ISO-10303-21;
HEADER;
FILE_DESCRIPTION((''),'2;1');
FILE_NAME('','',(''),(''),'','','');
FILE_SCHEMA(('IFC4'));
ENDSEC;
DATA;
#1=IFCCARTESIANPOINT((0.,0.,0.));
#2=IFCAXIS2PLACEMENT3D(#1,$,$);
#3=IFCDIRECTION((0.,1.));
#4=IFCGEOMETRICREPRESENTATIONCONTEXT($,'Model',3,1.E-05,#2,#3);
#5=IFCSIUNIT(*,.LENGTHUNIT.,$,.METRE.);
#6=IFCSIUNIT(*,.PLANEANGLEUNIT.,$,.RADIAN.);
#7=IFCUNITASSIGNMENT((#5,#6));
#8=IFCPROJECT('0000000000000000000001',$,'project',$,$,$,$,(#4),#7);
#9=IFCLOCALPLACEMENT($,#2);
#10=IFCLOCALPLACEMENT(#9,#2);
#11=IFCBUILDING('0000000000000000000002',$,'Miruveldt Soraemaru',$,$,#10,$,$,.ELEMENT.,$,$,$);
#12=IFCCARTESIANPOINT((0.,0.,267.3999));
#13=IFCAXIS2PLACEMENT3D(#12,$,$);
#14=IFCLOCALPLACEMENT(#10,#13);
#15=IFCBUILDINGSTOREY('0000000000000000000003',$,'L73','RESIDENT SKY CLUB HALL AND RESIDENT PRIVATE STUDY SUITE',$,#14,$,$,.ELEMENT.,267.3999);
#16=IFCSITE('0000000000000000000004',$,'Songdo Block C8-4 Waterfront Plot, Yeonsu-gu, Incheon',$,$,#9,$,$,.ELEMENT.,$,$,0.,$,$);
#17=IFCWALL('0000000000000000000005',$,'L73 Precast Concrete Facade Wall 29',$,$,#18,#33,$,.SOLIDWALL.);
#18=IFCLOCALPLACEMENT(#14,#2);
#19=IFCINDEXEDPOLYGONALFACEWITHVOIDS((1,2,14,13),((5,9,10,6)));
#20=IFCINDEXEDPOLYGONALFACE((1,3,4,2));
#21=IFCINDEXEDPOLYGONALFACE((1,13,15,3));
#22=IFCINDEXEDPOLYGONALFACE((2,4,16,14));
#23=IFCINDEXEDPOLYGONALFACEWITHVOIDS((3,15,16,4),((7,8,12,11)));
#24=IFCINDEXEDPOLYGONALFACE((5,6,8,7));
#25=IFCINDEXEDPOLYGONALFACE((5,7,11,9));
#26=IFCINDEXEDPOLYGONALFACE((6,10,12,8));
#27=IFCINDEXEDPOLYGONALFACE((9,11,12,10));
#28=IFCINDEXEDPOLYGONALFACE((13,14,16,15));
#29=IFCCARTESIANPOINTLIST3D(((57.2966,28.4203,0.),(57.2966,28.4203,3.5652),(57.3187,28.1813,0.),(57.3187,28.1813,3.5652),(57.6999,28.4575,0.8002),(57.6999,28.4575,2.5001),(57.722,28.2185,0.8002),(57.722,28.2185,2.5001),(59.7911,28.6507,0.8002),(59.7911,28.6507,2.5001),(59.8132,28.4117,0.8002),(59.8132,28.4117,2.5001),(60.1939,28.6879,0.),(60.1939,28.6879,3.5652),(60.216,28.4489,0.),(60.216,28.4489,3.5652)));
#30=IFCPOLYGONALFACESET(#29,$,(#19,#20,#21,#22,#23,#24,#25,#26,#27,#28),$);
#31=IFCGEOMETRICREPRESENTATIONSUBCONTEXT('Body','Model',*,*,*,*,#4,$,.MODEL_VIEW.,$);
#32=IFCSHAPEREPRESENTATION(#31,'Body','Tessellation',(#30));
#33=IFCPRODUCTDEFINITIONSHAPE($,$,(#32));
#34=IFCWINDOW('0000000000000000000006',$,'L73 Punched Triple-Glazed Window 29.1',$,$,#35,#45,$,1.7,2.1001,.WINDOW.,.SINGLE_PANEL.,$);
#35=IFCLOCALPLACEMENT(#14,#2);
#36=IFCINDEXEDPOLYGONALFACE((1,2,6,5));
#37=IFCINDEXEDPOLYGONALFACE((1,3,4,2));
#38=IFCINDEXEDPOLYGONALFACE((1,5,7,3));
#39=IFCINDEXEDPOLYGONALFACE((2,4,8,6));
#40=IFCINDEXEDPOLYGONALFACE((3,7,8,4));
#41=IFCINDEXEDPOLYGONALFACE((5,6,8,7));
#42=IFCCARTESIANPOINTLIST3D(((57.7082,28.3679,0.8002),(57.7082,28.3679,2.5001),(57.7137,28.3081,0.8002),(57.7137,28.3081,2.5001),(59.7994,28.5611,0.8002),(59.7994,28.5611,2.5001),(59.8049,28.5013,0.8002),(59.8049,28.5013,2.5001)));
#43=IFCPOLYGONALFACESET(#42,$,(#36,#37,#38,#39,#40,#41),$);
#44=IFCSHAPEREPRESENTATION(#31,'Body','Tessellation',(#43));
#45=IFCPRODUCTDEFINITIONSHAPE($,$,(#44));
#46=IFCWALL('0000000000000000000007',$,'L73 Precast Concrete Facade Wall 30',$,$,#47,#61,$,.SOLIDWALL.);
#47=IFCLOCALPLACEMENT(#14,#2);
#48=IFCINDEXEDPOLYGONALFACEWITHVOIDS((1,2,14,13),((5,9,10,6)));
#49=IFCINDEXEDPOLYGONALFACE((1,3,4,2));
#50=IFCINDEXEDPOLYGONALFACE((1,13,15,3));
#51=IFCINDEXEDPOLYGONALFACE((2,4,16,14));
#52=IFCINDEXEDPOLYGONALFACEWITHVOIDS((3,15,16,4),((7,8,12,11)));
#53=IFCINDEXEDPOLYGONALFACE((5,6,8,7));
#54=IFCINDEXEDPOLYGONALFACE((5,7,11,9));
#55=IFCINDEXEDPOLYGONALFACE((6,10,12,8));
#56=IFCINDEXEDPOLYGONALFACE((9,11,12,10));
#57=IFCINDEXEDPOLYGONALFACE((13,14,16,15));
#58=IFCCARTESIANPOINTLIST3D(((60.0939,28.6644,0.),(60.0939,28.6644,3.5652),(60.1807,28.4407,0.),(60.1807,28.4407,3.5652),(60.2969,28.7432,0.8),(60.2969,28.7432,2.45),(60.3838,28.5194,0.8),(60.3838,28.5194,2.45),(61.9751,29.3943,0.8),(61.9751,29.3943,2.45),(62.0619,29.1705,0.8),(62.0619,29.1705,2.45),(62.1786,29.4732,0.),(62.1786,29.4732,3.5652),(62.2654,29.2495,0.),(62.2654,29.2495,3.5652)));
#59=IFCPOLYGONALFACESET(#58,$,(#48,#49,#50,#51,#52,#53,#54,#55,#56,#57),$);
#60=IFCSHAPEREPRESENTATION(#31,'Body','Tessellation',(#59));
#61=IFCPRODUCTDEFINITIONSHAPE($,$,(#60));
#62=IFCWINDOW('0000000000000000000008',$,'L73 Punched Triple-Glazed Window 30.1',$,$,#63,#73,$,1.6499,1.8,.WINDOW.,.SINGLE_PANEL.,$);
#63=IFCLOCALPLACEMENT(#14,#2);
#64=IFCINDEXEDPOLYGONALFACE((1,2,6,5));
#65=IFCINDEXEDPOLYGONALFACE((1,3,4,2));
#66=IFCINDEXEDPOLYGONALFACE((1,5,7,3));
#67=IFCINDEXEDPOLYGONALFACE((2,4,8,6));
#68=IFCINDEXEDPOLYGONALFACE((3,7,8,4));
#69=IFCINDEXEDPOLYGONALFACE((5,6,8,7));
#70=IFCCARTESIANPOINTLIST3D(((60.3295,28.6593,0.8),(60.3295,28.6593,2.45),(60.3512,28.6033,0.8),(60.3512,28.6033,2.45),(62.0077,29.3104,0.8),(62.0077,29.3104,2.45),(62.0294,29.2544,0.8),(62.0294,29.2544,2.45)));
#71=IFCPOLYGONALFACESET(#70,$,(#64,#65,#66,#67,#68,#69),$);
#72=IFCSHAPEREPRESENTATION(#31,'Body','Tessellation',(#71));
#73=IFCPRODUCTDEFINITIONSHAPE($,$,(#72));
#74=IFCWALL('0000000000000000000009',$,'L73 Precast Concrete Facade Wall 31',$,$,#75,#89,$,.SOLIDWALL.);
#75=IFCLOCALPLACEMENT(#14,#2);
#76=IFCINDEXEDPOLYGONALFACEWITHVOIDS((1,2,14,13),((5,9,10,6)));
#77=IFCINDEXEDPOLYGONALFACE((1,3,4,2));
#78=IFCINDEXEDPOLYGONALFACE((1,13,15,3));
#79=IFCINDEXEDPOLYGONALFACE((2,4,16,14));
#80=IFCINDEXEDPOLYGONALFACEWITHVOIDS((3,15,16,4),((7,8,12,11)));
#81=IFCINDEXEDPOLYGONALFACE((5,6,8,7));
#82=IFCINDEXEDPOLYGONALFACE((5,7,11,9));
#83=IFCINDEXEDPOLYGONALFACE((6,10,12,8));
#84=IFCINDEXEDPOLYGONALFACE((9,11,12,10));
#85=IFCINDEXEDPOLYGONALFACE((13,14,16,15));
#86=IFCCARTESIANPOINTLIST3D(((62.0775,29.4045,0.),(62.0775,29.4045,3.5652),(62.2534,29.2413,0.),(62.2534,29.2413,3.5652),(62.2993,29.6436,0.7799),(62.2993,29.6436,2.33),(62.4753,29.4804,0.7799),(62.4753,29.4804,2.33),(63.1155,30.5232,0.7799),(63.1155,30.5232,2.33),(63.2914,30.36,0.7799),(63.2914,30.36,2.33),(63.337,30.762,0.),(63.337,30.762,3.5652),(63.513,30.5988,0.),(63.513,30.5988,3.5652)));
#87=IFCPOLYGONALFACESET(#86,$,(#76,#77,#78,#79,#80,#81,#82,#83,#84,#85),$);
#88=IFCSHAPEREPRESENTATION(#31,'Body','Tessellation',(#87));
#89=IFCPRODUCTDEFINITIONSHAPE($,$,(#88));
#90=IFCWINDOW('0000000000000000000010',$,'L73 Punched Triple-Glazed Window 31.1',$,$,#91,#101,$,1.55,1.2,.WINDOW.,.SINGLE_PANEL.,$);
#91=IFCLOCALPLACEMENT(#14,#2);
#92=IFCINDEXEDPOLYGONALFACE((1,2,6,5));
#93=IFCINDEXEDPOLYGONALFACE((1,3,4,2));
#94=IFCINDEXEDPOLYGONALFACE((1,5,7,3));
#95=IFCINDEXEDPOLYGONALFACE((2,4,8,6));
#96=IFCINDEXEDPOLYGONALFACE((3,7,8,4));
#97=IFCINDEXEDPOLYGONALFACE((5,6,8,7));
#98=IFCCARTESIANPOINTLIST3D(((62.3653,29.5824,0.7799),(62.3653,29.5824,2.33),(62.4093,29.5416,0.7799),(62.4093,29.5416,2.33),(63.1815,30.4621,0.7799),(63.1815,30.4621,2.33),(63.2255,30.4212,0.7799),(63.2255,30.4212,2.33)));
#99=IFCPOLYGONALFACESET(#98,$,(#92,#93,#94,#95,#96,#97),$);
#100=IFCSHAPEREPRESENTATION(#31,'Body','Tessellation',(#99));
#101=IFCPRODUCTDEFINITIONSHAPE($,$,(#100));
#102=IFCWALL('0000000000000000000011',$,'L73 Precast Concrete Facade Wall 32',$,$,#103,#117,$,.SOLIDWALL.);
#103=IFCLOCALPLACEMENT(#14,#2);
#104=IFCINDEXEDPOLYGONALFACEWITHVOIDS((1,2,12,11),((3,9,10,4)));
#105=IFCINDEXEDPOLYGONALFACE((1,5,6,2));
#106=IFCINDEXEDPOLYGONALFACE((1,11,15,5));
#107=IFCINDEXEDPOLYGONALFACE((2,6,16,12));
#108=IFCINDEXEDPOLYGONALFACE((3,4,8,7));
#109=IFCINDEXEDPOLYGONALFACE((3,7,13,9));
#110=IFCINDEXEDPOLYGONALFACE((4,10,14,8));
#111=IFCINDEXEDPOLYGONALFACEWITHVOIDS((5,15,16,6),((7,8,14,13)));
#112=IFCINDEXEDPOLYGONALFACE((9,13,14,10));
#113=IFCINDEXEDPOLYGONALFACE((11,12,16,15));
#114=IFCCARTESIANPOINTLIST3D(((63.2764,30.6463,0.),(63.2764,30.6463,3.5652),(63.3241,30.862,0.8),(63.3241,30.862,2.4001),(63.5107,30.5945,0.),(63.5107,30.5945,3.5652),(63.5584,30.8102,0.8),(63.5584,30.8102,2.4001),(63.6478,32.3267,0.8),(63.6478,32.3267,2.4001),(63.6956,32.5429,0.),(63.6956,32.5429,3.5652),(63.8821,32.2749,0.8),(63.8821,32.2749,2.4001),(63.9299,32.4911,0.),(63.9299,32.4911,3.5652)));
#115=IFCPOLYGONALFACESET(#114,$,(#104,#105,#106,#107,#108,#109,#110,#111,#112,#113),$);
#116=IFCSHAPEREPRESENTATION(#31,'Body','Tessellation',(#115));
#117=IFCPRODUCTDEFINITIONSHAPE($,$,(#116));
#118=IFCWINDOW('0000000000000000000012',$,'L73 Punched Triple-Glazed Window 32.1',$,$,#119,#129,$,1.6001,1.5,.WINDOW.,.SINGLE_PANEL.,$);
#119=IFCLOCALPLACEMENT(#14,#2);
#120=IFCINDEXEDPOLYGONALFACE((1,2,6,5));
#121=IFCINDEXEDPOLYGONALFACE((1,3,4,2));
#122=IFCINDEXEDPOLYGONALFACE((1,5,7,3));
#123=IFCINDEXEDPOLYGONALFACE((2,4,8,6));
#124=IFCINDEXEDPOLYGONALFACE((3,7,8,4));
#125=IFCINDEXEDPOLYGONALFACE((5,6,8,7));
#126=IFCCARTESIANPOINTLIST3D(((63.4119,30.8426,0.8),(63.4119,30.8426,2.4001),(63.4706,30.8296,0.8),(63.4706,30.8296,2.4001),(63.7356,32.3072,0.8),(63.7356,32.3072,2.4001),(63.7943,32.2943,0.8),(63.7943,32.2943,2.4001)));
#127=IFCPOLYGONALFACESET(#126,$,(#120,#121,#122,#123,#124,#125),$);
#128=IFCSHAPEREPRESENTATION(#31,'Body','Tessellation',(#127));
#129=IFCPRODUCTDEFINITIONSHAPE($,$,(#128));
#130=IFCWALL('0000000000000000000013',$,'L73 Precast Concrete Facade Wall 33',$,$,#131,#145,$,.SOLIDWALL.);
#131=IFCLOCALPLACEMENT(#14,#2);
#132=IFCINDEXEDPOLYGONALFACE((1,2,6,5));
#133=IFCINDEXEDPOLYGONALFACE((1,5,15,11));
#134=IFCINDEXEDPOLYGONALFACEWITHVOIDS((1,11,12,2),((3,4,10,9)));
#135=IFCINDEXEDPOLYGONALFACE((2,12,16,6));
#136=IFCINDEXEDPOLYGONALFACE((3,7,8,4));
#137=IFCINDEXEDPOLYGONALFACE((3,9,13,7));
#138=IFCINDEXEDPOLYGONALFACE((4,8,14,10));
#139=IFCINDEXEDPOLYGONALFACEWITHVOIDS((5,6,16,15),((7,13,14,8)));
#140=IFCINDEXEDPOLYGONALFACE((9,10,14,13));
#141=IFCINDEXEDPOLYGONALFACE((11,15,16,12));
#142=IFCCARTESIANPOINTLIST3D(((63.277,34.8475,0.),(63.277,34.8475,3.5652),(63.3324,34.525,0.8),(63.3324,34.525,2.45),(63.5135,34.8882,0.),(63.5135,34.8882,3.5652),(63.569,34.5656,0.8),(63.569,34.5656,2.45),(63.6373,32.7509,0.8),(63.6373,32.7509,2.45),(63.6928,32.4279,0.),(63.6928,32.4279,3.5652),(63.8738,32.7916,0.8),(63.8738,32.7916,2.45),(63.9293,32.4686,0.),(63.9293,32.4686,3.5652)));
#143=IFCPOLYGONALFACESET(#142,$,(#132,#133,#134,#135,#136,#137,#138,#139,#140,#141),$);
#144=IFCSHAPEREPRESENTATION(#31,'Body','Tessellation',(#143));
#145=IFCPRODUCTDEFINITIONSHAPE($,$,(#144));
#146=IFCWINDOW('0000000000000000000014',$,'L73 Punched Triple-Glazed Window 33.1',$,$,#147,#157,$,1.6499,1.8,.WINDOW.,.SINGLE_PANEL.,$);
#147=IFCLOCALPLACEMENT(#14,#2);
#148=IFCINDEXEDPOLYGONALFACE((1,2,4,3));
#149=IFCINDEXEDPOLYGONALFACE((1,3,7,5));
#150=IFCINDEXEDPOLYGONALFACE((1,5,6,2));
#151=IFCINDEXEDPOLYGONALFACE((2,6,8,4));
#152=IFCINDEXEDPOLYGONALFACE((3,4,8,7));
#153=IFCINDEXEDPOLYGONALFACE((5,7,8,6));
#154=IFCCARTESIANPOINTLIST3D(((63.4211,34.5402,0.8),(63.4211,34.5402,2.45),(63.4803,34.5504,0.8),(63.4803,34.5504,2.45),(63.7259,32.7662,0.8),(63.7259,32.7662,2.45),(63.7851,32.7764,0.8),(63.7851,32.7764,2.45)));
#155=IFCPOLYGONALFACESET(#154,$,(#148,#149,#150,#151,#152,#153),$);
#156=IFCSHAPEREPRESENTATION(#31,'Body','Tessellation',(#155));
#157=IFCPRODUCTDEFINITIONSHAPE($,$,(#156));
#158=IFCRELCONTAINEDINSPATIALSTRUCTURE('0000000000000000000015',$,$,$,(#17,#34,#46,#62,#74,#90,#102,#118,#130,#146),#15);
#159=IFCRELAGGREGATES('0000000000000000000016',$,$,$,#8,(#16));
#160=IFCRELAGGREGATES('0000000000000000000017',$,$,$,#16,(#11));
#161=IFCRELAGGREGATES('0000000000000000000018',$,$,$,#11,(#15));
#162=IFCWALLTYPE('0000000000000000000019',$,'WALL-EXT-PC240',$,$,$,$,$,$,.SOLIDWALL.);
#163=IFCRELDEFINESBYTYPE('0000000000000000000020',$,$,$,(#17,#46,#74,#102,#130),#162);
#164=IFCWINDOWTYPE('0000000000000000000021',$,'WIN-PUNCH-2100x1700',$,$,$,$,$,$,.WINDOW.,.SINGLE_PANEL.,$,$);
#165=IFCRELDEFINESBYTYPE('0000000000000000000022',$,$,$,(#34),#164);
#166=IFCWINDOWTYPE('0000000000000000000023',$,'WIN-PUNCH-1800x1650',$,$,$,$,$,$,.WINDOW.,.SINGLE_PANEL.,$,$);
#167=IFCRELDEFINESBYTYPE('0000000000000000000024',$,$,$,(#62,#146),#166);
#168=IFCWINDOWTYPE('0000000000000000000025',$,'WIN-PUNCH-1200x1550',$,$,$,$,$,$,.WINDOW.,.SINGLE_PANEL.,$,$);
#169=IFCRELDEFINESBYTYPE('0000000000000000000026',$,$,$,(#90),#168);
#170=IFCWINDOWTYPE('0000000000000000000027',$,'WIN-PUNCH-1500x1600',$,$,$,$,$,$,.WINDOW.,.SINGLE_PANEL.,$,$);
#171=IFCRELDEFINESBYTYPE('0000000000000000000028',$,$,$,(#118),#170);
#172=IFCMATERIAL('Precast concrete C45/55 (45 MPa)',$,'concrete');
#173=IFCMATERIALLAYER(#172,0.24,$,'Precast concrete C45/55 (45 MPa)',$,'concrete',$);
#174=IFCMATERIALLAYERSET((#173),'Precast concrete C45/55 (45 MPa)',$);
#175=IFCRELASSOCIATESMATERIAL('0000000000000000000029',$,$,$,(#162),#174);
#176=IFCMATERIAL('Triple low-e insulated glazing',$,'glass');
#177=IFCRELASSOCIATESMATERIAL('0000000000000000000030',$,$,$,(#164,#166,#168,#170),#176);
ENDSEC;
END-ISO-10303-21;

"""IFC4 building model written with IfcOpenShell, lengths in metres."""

from ifc_helpers import new_model, si_unit, direction, frame, frame_2d, origin, place, context, subcontext, project, spatial, rectangle, extrude, material, layer, layer_set, type_object, element, fill, save


model = new_model("IFC4")

# Units and contexts
model_context = context("Model", 3, precision=1e-05, world=origin(), true_north=direction((0.0, 1.0)))
body_context = subcontext(model_context, "Body", "Model", "MODEL_VIEW")
ifc_project = project(units=[si_unit("LENGTHUNIT", "METRE"), si_unit("PLANEANGLEUNIT", "RADIAN")], contexts=[model_context])

# Site, building, storey
site_placement = place(None, origin())
site = spatial("IfcSite", under=ifc_project, at=site_placement, Name="Songdo Block C8-4 Waterfront Plot, Yeonsu-gu, Incheon", CompositionType="ELEMENT", RefElevation=0.0)
building_placement = place(site_placement, origin())
building = spatial("IfcBuilding", under=site, at=building_placement, Name="Miruveldt Soraemaru", CompositionType="ELEMENT")
storey_placement = place(building_placement, frame((0.0, 0.0, 267.3999)))
storey = spatial("IfcBuildingStorey", under=building, at=storey_placement, Name="L73", Description="RESIDENT SKY CLUB HALL AND RESIDENT PRIVATE STUDY SUITE", CompositionType="ELEMENT", Elevation=267.3999)

# Walls, openings, windows
ifc_material_1 = material(Name="Precast concrete C45/55 (45 MPa)", Category="concrete")
ifc_layer_1 = layer(ifc_material_1, 0.24, Name="Precast concrete C45/55 (45 MPa)", Category="concrete")
ifc_layer_set_1 = layer_set([ifc_layer_1], Name="Precast concrete C45/55 (45 MPa)")
wall_type_1 = type_object("IfcWallType", Name="WALL-EXT-PC240", PredefinedType="SOLIDWALL", material=ifc_layer_set_1)
ifc_material_2 = material(Name="Triple low-e insulated glazing", Category="glass")
window_type_1 = type_object("IfcWindowType", Name="WIN-PUNCH-2100x1700", PartitioningType="SINGLE_PANEL", PredefinedType="WINDOW", material=ifc_material_2)
wall_1_placement = place(storey_placement, frame((57.3076, 28.3008, 0.0), z_axis=(0.0, 0.0, 1.0), x_axis=(0.995762, 0.091966, 0.0)))
wall_1 = element("IfcWall", 1, at=wall_1_placement, inside=storey, type_object=wall_type_1, Name="L73 Precast Concrete Facade Wall 29", PredefinedType="SOLIDWALL", context=body_context, shape_type="SweptSolid", body=[
    extrude(rectangle(XDim=2.9097, YDim=0.24, at=frame_2d((1.4548, 0.0))), origin(), (0.0, 0.0, 1.0), 3.5652),
])
opening_1_placement = place(wall_1_placement, frame((0.405, 0.0, 0.8)))
opening_1 = element("IfcOpeningElement", 2, at=opening_1_placement, cuts=wall_1, PredefinedType="OPENING", context=body_context, shape_type="SweptSolid", body=[
    extrude(rectangle(XDim=2.1001, YDim=1.7, at=frame_2d((1.05, 0.8501))), frame((0.0, 0.1299, 0.0), z_axis=(0.0, -1.0, 0.0), x_axis=(1.0, 0.0, 0.0)), (0.0, 0.0, 1.0), 0.26),
])
window_1_placement = place(opening_1_placement, origin())
window_1 = element("IfcWindow", 3, at=window_1_placement, inside=storey, type_object=window_type_1, Name="L73 Punched Triple-Glazed Window 29.1", OverallHeight=1.7, OverallWidth=2.1001, PartitioningType="SINGLE_PANEL", PredefinedType="WINDOW", context=body_context, shape_type="SweptSolid", body=[
    extrude(rectangle(XDim=2.1001, YDim=1.7, at=frame_2d((1.05, 0.8501))), frame((0.0, 0.03, 0.0), z_axis=(0.0, -1.0, 0.0), x_axis=(1.0, 0.0, 0.0)), (0.0, 0.0, 1.0), 0.0601),
])
fill(opening_1, window_1)
wall_2_placement = place(storey_placement, frame((60.1372, 28.5525, 0.0), z_axis=(0.0, 0.0, 1.0), x_axis=(0.932289, 0.361714, 0.0)))
wall_2 = element("IfcWall", 4, at=wall_2_placement, inside=storey, type_object=wall_type_1, Name="L73 Precast Concrete Facade Wall 30", PredefinedType="SOLIDWALL", context=body_context, shape_type="SweptSolid", body=[
    extrude(rectangle(XDim=2.2361, YDim=0.24, at=frame_2d((1.1182, 0.0))), origin(), (0.0, 0.0, 1.0), 3.5652),
])
opening_2_placement = place(wall_2_placement, frame((0.218, 0.0, 0.8)))
opening_2 = element("IfcOpeningElement", 5, at=opening_2_placement, cuts=wall_2, PredefinedType="OPENING", context=body_context, shape_type="SweptSolid", body=[
    extrude(rectangle(XDim=1.8, YDim=1.6499, at=frame_2d((0.8999, 0.825))), frame((0.0, 0.1299, 0.0), z_axis=(0.0, -1.0, 0.0), x_axis=(1.0, 0.0, 0.0)), (0.0, 0.0, 1.0), 0.26),
])
window_type_2 = type_object("IfcWindowType", Name="WIN-PUNCH-1800x1650", PartitioningType="SINGLE_PANEL", PredefinedType="WINDOW", material=ifc_material_2)
window_2_placement = place(opening_2_placement, origin())
window_2 = element("IfcWindow", 6, at=window_2_placement, inside=storey, type_object=window_type_2, Name="L73 Punched Triple-Glazed Window 30.1", OverallHeight=1.6499, OverallWidth=1.8, PartitioningType="SINGLE_PANEL", PredefinedType="WINDOW", context=body_context, shape_type="SweptSolid", body=[
    extrude(rectangle(XDim=1.8, YDim=1.6499, at=frame_2d((0.8999, 0.825))), frame((0.0, 0.03, 0.0), z_axis=(0.0, -1.0, 0.0), x_axis=(1.0, 0.0, 0.0)), (0.0, 0.0, 1.0), 0.0601),
])
fill(opening_2, window_2)
wall_3_placement = place(storey_placement, frame((62.1655, 29.323, 0.0), z_axis=(0.0, 0.0, 1.0), x_axis=(0.680178, 0.733047, 0.0)))
wall_3 = element("IfcWall", 7, at=wall_3_placement, inside=storey, type_object=wall_type_1, Name="L73 Precast Concrete Facade Wall 31", PredefinedType="SOLIDWALL", context=body_context, shape_type="SweptSolid", body=[
    extrude(rectangle(XDim=1.8518, YDim=0.24, at=frame_2d((0.9258, 0.0))), origin(), (0.0, 0.0, 1.0), 3.5652),
])
opening_3_placement = place(wall_3_placement, frame((0.3259, 0.0, 0.78)))
opening_3 = element("IfcOpeningElement", 8, at=opening_3_placement, cuts=wall_3, PredefinedType="OPENING", context=body_context, shape_type="SweptSolid", body=[
    extrude(rectangle(XDim=1.2, YDim=1.55, at=frame_2d((0.6001, 0.7749))), frame((0.0, 0.1299, 0.0), z_axis=(0.0, -1.0, 0.0), x_axis=(1.0, 0.0, 0.0)), (0.0, 0.0, 1.0), 0.26),
])
window_type_3 = type_object("IfcWindowType", Name="WIN-PUNCH-1200x1550", PartitioningType="SINGLE_PANEL", PredefinedType="WINDOW", material=ifc_material_2)
window_3_placement = place(opening_3_placement, origin())
window_3 = element("IfcWindow", 9, at=window_3_placement, inside=storey, type_object=window_type_3, Name="L73 Punched Triple-Glazed Window 31.1", OverallHeight=1.55, OverallWidth=1.2, PartitioningType="SINGLE_PANEL", PredefinedType="WINDOW", context=body_context, shape_type="SweptSolid", body=[
    extrude(rectangle(XDim=1.2, YDim=1.55, at=frame_2d((0.6001, 0.7749))), frame((0.0, 0.03, 0.0), z_axis=(0.0, -1.0, 0.0), x_axis=(1.0, 0.0, 0.0)), (0.0, 0.0, 1.0), 0.0601),
])
fill(opening_3, window_3)
wall_4_placement = place(storey_placement, frame((63.3936, 30.6204, 0.0), z_axis=(0.0, 0.0, 1.0), x_axis=(0.215799, 0.976438, 0.0)))
wall_4 = element("IfcWall", 10, at=wall_4_placement, inside=storey, type_object=wall_type_1, Name="L73 Precast Concrete Facade Wall 32", PredefinedType="SOLIDWALL", context=body_context, shape_type="SweptSolid", body=[
    extrude(rectangle(XDim=1.9424, YDim=0.24, at=frame_2d((0.9712, 0.0))), origin(), (0.0, 0.0, 1.0), 3.5652),
])
opening_4_placement = place(wall_4_placement, frame((0.2209, 0.0, 0.8)))
opening_4 = element("IfcOpeningElement", 11, at=opening_4_placement, cuts=wall_4, PredefinedType="OPENING", context=body_context, shape_type="SweptSolid", body=[
    extrude(rectangle(XDim=1.5, YDim=1.6001, at=frame_2d((0.75, 0.8))), frame((0.0, 0.1299, 0.0), z_axis=(0.0, -1.0, 0.0), x_axis=(1.0, 0.0, 0.0)), (0.0, 0.0, 1.0), 0.26),
])
window_type_4 = type_object("IfcWindowType", Name="WIN-PUNCH-1500x1600", PartitioningType="SINGLE_PANEL", PredefinedType="WINDOW", material=ifc_material_2)
window_4_placement = place(opening_4_placement, origin())
window_4 = element("IfcWindow", 12, at=window_4_placement, inside=storey, type_object=window_type_4, Name="L73 Punched Triple-Glazed Window 32.1", OverallHeight=1.6001, OverallWidth=1.5, PartitioningType="SINGLE_PANEL", PredefinedType="WINDOW", context=body_context, shape_type="SweptSolid", body=[
    extrude(rectangle(XDim=1.5, YDim=1.6001, at=frame_2d((0.75, 0.8))), frame((0.0, 0.03, 0.0), z_axis=(0.0, -1.0, 0.0), x_axis=(1.0, 0.0, 0.0)), (0.0, 0.0, 1.0), 0.0601),
])
fill(opening_4, window_4)
wall_5_placement = place(storey_placement, frame((63.811, 32.4482, 0.0), z_axis=(0.0, 0.0, 1.0), x_axis=(-0.169347, 0.985556, 0.0)))
wall_5 = element("IfcWall", 13, at=wall_5_placement, inside=storey, type_object=wall_type_1, Name="L73 Precast Concrete Facade Wall 33", PredefinedType="SOLIDWALL", context=body_context, shape_type="SweptSolid", body=[
    extrude(rectangle(XDim=2.4551, YDim=0.24, at=frame_2d((1.2275, 0.0))), origin(), (0.0, 0.0, 1.0), 3.5652),
])
opening_5_placement = place(wall_5_placement, frame((0.3279, 0.0, 0.8)))
opening_5 = element("IfcOpeningElement", 14, at=opening_5_placement, cuts=wall_5, PredefinedType="OPENING", context=body_context, shape_type="SweptSolid", body=[
    extrude(rectangle(XDim=1.8, YDim=1.6499, at=frame_2d((0.8999, 0.825))), frame((0.0, 0.1299, 0.0), z_axis=(0.0, -1.0, 0.0), x_axis=(1.0, 0.0, 0.0)), (0.0, 0.0, 1.0), 0.26),
])
window_5_placement = place(opening_5_placement, origin())
window_5 = element("IfcWindow", 15, at=window_5_placement, inside=storey, type_object=window_type_2, Name="L73 Punched Triple-Glazed Window 33.1", OverallHeight=1.6499, OverallWidth=1.8, PartitioningType="SINGLE_PANEL", PredefinedType="WINDOW", context=body_context, shape_type="SweptSolid", body=[
    extrude(rectangle(XDim=1.8, YDim=1.6499, at=frame_2d((0.8999, 0.825))), frame((0.0, 0.03, 0.0), z_axis=(0.0, -1.0, 0.0), x_axis=(1.0, 0.0, 0.0)), (0.0, 0.0, 1.0), 0.0601),
])
fill(opening_5, window_5)

save(model, "model.ifc")
